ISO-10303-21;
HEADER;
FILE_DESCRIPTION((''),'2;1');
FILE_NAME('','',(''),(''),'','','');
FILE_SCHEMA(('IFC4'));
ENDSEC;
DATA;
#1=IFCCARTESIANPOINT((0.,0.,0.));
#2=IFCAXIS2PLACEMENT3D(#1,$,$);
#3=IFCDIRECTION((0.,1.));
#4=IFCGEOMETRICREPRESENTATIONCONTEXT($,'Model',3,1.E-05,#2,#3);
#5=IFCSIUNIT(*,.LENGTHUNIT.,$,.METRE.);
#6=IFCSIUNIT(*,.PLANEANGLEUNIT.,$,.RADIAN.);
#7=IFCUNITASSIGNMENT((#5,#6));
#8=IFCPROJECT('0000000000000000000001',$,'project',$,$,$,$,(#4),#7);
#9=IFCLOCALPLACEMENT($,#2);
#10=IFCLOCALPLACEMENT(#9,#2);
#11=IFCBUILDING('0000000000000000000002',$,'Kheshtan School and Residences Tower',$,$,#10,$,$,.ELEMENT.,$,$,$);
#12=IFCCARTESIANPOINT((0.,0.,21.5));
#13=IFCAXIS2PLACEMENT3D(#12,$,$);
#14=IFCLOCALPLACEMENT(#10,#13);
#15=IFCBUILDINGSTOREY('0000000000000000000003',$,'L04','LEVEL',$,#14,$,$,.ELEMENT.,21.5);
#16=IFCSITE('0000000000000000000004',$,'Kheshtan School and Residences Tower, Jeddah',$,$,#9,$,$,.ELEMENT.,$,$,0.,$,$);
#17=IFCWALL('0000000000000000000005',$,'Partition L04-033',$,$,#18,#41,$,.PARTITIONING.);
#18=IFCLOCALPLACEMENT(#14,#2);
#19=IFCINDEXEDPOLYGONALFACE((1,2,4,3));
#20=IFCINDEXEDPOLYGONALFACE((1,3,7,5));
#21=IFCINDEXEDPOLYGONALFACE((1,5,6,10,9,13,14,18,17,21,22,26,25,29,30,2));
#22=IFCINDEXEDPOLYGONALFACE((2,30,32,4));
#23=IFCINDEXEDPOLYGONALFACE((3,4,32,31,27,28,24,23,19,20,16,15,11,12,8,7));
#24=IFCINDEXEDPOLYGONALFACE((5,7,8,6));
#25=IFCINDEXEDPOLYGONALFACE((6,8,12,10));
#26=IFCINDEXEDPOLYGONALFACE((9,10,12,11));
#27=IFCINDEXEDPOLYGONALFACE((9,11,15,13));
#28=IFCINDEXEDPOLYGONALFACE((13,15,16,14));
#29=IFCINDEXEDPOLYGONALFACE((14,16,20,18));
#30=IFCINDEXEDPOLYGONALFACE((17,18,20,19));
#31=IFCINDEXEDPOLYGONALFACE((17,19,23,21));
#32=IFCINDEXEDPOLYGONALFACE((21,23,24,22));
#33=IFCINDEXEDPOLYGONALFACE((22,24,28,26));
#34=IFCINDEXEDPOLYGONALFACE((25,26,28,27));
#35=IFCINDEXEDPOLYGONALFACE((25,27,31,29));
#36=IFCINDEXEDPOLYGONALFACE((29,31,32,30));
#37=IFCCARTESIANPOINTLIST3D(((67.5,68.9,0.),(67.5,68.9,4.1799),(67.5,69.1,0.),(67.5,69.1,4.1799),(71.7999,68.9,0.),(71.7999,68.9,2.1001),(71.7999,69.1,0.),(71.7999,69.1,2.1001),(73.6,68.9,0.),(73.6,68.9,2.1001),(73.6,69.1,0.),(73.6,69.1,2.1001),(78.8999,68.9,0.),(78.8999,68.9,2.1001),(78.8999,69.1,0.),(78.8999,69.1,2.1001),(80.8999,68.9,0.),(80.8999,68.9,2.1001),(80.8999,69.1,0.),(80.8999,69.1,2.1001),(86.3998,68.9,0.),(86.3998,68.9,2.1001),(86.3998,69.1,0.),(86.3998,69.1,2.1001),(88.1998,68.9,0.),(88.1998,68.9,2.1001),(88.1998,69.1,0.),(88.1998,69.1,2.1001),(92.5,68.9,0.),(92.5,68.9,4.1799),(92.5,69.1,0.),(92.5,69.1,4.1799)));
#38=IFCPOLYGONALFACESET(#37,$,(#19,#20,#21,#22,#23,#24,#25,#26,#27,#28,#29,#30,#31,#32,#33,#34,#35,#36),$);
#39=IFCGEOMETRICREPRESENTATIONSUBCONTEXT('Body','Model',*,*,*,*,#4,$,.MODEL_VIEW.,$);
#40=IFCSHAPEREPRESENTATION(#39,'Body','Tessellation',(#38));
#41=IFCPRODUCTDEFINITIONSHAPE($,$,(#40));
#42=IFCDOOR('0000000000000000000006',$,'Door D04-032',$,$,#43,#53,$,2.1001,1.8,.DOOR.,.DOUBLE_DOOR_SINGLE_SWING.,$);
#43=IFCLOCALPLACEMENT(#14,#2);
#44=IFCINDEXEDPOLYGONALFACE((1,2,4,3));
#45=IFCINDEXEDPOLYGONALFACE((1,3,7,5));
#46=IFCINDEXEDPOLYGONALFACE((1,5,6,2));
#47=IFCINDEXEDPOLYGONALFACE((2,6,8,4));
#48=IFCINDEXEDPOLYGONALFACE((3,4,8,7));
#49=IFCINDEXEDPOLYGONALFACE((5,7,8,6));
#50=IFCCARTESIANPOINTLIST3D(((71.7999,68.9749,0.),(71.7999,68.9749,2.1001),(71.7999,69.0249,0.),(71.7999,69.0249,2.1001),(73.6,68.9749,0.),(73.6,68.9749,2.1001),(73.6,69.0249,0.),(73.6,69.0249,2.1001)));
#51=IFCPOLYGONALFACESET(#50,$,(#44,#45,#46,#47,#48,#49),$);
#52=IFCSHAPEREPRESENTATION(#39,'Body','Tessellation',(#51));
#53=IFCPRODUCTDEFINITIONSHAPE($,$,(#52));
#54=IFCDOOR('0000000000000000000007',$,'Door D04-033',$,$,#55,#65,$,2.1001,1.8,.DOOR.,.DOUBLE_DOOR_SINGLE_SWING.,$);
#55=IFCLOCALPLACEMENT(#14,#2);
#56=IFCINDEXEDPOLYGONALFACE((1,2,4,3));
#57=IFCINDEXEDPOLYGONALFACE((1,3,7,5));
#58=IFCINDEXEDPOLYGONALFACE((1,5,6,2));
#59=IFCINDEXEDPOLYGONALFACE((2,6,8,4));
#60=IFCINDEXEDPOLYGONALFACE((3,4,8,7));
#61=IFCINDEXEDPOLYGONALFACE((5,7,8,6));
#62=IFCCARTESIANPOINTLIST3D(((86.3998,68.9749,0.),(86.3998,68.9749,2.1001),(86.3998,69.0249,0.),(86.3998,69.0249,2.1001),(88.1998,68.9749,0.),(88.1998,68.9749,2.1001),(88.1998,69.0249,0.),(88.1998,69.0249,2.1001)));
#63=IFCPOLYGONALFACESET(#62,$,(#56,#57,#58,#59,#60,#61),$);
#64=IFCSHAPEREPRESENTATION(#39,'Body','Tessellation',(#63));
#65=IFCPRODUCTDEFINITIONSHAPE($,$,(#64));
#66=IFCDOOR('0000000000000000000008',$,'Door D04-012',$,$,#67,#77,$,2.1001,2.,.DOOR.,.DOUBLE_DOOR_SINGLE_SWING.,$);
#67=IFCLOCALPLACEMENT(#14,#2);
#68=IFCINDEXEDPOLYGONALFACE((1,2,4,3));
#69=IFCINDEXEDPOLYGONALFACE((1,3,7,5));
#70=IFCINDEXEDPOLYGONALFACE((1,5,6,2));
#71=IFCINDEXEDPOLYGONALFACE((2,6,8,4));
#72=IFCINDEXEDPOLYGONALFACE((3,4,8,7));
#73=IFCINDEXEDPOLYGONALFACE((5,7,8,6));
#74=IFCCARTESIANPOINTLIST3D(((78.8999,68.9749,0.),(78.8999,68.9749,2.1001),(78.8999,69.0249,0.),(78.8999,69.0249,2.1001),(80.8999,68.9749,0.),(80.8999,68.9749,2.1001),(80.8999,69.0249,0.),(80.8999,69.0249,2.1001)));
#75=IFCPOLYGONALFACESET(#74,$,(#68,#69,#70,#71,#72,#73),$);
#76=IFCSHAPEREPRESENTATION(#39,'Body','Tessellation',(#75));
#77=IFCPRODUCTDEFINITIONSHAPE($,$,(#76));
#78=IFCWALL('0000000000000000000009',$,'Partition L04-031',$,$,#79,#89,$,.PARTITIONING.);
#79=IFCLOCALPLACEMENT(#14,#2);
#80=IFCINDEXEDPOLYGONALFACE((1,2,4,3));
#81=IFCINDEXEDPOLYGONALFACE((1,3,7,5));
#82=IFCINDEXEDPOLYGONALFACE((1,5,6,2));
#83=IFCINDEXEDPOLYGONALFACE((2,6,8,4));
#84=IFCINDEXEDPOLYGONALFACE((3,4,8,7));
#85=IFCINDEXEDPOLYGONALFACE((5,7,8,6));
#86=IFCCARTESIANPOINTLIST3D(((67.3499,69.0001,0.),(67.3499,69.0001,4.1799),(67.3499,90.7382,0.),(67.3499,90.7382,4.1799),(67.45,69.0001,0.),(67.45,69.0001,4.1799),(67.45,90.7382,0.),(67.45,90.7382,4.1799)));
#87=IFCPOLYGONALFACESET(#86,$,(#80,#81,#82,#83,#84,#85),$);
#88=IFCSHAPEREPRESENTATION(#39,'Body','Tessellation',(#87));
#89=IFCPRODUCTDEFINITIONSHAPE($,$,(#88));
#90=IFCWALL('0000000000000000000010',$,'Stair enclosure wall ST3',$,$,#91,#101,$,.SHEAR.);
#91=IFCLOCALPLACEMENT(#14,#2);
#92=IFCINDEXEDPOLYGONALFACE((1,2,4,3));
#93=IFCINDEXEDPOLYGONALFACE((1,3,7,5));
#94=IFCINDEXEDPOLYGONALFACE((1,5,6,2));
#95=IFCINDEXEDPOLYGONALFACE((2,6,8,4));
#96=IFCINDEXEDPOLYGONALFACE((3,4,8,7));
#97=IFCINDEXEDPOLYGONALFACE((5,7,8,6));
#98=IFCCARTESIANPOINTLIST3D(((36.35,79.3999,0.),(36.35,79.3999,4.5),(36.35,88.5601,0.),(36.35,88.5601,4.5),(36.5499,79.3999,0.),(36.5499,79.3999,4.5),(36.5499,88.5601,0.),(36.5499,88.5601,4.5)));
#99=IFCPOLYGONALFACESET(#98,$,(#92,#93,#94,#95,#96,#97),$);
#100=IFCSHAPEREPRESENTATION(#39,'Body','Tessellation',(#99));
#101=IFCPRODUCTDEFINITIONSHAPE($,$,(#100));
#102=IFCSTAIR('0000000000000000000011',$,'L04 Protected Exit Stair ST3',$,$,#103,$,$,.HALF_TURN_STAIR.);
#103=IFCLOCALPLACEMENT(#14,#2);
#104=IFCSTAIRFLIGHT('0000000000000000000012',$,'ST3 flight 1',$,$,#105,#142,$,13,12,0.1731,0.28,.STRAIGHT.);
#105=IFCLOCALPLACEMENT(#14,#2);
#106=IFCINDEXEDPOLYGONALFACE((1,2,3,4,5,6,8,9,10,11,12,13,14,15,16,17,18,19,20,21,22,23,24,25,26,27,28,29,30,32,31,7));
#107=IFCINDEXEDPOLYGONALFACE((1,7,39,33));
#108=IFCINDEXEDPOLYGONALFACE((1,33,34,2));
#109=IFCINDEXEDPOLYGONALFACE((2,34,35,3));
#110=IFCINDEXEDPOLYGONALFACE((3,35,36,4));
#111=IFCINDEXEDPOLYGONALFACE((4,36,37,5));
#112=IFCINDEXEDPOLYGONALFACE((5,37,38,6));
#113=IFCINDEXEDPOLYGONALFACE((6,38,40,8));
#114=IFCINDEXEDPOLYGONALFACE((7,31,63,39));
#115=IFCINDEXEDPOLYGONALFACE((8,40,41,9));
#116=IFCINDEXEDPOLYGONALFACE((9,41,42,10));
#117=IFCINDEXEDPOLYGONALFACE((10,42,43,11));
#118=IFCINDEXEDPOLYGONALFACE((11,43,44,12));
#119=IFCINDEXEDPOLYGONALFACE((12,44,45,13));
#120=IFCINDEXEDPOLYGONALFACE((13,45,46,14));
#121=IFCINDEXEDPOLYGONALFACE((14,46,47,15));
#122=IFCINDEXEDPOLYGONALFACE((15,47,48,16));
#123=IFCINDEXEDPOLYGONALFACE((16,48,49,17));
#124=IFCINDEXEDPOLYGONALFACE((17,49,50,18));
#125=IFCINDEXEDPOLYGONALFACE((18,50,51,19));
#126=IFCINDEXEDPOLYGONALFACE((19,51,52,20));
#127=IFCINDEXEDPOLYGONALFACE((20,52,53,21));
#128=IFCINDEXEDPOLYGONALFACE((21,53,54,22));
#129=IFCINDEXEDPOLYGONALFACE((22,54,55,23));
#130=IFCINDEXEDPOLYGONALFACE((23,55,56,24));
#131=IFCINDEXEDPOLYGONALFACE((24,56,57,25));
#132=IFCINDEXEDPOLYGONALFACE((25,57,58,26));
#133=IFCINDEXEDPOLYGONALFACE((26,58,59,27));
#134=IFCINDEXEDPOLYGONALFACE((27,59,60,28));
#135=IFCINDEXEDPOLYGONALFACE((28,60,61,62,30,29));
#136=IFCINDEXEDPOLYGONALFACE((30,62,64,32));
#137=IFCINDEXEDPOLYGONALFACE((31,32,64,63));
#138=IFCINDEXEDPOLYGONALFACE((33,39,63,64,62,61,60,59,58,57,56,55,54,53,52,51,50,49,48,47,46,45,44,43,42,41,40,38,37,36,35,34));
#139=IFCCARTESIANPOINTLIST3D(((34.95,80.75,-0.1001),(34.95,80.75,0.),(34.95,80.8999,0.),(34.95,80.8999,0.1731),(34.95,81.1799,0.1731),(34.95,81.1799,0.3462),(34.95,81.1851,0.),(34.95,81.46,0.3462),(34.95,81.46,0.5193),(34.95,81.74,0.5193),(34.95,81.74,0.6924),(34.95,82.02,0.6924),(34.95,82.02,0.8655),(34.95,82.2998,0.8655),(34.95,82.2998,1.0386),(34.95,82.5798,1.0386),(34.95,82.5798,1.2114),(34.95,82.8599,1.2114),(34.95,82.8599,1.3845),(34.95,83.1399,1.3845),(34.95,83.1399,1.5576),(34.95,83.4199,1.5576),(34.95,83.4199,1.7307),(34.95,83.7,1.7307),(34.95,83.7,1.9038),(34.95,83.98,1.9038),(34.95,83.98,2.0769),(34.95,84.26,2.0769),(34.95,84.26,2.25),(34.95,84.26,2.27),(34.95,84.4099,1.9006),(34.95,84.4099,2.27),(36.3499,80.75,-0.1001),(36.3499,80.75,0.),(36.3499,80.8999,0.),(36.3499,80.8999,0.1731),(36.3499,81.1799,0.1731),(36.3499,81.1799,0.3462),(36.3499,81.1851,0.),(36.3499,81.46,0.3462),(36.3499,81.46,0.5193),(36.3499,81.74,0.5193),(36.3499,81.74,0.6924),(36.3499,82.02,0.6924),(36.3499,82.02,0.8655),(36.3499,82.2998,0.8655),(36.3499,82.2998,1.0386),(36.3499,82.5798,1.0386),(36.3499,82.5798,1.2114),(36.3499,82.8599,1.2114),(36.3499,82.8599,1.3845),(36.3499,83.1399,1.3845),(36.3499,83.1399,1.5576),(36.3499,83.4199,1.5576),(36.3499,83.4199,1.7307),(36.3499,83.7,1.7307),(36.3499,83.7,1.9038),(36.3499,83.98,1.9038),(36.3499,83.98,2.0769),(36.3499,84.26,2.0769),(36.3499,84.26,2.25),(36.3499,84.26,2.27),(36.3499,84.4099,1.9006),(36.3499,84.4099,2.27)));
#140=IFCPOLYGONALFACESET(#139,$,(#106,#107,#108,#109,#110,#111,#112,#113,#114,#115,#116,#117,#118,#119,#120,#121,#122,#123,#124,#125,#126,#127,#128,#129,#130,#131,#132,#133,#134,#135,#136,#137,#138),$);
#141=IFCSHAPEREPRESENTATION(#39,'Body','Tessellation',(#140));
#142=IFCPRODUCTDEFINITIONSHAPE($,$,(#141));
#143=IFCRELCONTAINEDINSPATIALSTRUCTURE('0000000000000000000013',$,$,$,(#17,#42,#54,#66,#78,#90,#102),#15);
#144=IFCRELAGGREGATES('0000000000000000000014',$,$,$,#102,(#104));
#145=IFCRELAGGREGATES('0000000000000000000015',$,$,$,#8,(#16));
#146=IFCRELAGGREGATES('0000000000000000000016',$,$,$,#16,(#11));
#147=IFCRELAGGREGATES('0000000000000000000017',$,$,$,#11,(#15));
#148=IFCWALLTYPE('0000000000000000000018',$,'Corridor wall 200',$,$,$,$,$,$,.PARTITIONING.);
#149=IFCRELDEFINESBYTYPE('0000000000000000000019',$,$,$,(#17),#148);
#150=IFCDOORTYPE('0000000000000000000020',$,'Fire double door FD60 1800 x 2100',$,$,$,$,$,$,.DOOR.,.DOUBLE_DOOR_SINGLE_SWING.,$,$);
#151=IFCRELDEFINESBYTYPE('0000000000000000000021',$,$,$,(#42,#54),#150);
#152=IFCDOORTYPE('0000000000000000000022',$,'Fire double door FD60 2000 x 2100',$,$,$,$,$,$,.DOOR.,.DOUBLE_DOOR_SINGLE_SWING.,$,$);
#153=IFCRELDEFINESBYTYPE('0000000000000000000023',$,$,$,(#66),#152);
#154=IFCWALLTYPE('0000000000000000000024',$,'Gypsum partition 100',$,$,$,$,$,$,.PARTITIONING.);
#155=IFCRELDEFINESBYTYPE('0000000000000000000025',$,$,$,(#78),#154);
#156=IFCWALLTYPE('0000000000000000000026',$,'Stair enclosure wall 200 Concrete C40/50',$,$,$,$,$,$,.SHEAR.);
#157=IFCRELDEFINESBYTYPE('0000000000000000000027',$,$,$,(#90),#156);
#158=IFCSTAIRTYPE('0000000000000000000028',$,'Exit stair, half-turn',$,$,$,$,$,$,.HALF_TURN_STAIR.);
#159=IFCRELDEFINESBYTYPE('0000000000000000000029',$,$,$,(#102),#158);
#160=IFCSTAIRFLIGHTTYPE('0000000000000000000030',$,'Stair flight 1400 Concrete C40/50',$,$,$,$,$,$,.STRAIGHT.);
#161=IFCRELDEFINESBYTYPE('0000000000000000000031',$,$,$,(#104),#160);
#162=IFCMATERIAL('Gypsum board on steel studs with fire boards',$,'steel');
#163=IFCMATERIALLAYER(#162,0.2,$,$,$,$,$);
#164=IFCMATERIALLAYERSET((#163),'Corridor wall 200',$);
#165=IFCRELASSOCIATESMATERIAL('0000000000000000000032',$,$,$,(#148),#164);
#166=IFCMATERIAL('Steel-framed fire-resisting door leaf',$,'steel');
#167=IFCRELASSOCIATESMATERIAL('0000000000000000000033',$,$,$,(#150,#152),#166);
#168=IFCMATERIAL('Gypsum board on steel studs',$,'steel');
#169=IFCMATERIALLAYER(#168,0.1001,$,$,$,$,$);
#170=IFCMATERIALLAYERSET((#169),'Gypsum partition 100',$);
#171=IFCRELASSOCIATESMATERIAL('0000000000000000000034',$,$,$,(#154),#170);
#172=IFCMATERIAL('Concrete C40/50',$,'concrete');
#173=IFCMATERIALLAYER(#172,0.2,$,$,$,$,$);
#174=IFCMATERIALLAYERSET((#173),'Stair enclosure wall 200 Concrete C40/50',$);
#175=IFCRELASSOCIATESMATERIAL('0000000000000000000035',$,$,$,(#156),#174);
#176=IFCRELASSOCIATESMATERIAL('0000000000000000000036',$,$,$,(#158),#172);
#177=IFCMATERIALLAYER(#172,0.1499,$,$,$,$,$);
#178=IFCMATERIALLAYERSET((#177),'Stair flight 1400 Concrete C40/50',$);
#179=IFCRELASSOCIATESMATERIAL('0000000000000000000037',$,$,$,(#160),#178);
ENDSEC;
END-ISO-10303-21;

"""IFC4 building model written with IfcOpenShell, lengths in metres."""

from ifc_helpers import new_model, si_unit, direction, frame, frame_2d, origin, place, context, subcontext, project, spatial, polyline, rectangle, outline, extrude, source, transform, mapped, material, layer, layer_set, type_object, element, fill, aggregate, save


model = new_model("IFC4")

# Units and contexts
model_context = context("Model", 3, precision=1e-05, world=origin(), true_north=direction((0.0, 1.0)))
body_context = subcontext(model_context, "Body", "Model", "MODEL_VIEW")
ifc_project = project(units=[si_unit("LENGTHUNIT", "METRE"), si_unit("PLANEANGLEUNIT", "RADIAN")], contexts=[model_context])

# Site, building, storey
site_placement = place(None, origin())
site = spatial("IfcSite", under=ifc_project, at=site_placement, Name="Kheshtan School and Residences Tower, Jeddah", CompositionType="ELEMENT", RefElevation=0.0)
building_placement = place(site_placement, origin())
building = spatial("IfcBuilding", under=site, at=building_placement, Name="Kheshtan School and Residences Tower", CompositionType="ELEMENT")
storey_placement = place(building_placement, frame((0.0, 0.0, 21.5)))
storey = spatial("IfcBuildingStorey", under=building, at=storey_placement, Name="L04", Description="LEVEL", CompositionType="ELEMENT", Elevation=21.5)

# Wall, openings, doors
ifc_material_1 = material(Name="Gypsum board on steel studs with fire boards", Category="steel")
ifc_layer_1 = layer(ifc_material_1, 0.2)
ifc_layer_set_1 = layer_set([ifc_layer_1], Name="Corridor wall 200")
wall_type_1 = type_object("IfcWallType", Name="Corridor wall 200", PredefinedType="PARTITIONING", material=ifc_layer_set_1)
wall_1_placement = place(storey_placement, frame((67.5, 69.0, 0.0), z_axis=(0.0, 0.0, 1.0), x_axis=(1.0, 0.0, 0.0)))
wall_1 = element("IfcWall", 1, at=wall_1_placement, inside=storey, type_object=wall_type_1, Name="Partition L04-033", PredefinedType="PARTITIONING", context=body_context, shape_type="SweptSolid", body=[
    extrude(rectangle(XDim=25.0, YDim=0.2, at=frame_2d((12.5, 0.0))), origin(), (0.0, 0.0, 1.0), 4.1799),
])
opening_1_placement = place(wall_1_placement, frame((11.3999, 0.0, 0.0)))
opening_1 = element("IfcOpeningElement", 2, at=opening_1_placement, cuts=wall_1, PredefinedType="OPENING", context=body_context, shape_type="SweptSolid", body=[
    extrude(rectangle(XDim=2.0, YDim=2.1001, at=frame_2d((1.0, 1.05))), frame((0.0, 0.1099, 0.0), z_axis=(0.0, -1.0, 0.0), x_axis=(1.0, 0.0, 0.0)), (0.0, 0.0, 1.0), 0.22),
])
opening_2_placement = place(wall_1_placement, frame((4.3, 0.0, 0.0)))
opening_2 = element("IfcOpeningElement", 3, at=opening_2_placement, cuts=wall_1, PredefinedType="OPENING", context=body_context, shape_type="SweptSolid", body=[
    extrude(rectangle(XDim=1.8, YDim=2.1001, at=frame_2d((0.8999, 1.05))), frame((0.0, 0.1099, 0.0), z_axis=(0.0, -1.0, 0.0), x_axis=(1.0, 0.0, 0.0)), (0.0, 0.0, 1.0), 0.22),
])
opening_3_placement = place(wall_1_placement, frame((18.8999, 0.0, 0.0)))
opening_3 = element("IfcOpeningElement", 4, at=opening_3_placement, cuts=wall_1, PredefinedType="OPENING", context=body_context, shape_type="SweptSolid", body=[
    extrude(rectangle(XDim=1.8, YDim=2.1001, at=frame_2d((0.8999, 1.05))), frame((0.0, 0.1099, 0.0), z_axis=(0.0, -1.0, 0.0), x_axis=(1.0, 0.0, 0.0)), (0.0, 0.0, 1.0), 0.22),
])
ifc_material_2 = material(Name="Steel-framed fire-resisting door leaf", Category="steel")
door_type_1 = type_object("IfcDoorType", Name="Fire double door FD60 1800 x 2100", OperationType="DOUBLE_DOOR_SINGLE_SWING", PredefinedType="DOOR", material=ifc_material_2)
shared_shape_1 = source(origin(), body_context, "Body", "SweptSolid", [
    extrude(rectangle(XDim=1.8, YDim=2.1001, at=frame_2d((0.8999, 1.05))), frame((0.0, 0.0249, 0.0), z_axis=(0.0, -1.0, 0.0), x_axis=(1.0, 0.0, 0.0)), (0.0, 0.0, 1.0), 0.05),
])
door_1_placement = place(opening_2_placement, origin())
door_1 = element("IfcDoor", 5, at=door_1_placement, inside=storey, type_object=door_type_1, Name="Door D04-032", OperationType="DOUBLE_DOOR_SINGLE_SWING", OverallHeight=2.1001, OverallWidth=1.8, PredefinedType="DOOR", context=body_context, shape_type="MappedRepresentation", body=[
    mapped(shared_shape_1, transform((0.0, 0.0, 0.0), x_axis=(1.0, 0.0, 0.0), y_axis=(0.0, 1.0, 0.0), z_axis=(0.0, 0.0, 1.0), scale=1.0)),
])
fill(opening_2, door_1)
door_2_placement = place(opening_3_placement, origin())
door_2 = element("IfcDoor", 6, at=door_2_placement, inside=storey, type_object=door_type_1, Name="Door D04-033", OperationType="DOUBLE_DOOR_SINGLE_SWING", OverallHeight=2.1001, OverallWidth=1.8, PredefinedType="DOOR", context=body_context, shape_type="MappedRepresentation", body=[
    mapped(shared_shape_1, transform((0.0, 0.0, 0.0), x_axis=(1.0, 0.0, 0.0), y_axis=(0.0, 1.0, 0.0), z_axis=(0.0, 0.0, 1.0), scale=1.0)),
])
fill(opening_3, door_2)
door_type_2 = type_object("IfcDoorType", Name="Fire double door FD60 2000 x 2100", OperationType="DOUBLE_DOOR_SINGLE_SWING", PredefinedType="DOOR", material=ifc_material_2)
shared_shape_2 = source(origin(), body_context, "Body", "SweptSolid", [
    extrude(rectangle(XDim=2.0, YDim=2.1001, at=frame_2d((1.0, 1.05))), frame((0.0, 0.0249, 0.0), z_axis=(0.0, -1.0, 0.0), x_axis=(1.0, 0.0, 0.0)), (0.0, 0.0, 1.0), 0.05),
])
door_3_placement = place(opening_1_placement, origin())
door_3 = element("IfcDoor", 7, at=door_3_placement, inside=storey, type_object=door_type_2, Name="Door D04-012", OperationType="DOUBLE_DOOR_SINGLE_SWING", OverallHeight=2.1001, OverallWidth=2.0, PredefinedType="DOOR", context=body_context, shape_type="MappedRepresentation", body=[
    mapped(shared_shape_2, transform((0.0, 0.0, 0.0), x_axis=(1.0, 0.0, 0.0), y_axis=(0.0, 1.0, 0.0), z_axis=(0.0, 0.0, 1.0), scale=1.0)),
])
fill(opening_1, door_3)

# Walls
ifc_material_3 = material(Name="Gypsum board on steel studs", Category="steel")
ifc_layer_2 = layer(ifc_material_3, 0.1001)
ifc_layer_set_2 = layer_set([ifc_layer_2], Name="Gypsum partition 100")
wall_type_2 = type_object("IfcWallType", Name="Gypsum partition 100", PredefinedType="PARTITIONING", material=ifc_layer_set_2)
wall_2_placement = place(storey_placement, frame((67.3999, 69.0, 0.0), z_axis=(0.0, 0.0, 1.0), x_axis=(0.0, 1.0, 0.0)))
element("IfcWall", 8, at=wall_2_placement, inside=storey, type_object=wall_type_2, Name="Partition L04-031", PredefinedType="PARTITIONING", context=body_context, shape_type="SweptSolid", body=[
    extrude(rectangle(XDim=21.738, YDim=0.1001, at=frame_2d((10.8691, 0.0))), origin(), (0.0, 0.0, 1.0), 4.1799),
])
ifc_material_4 = material(Name="Concrete C40/50", Category="concrete")
ifc_layer_3 = layer(ifc_material_4, 0.2)
ifc_layer_set_3 = layer_set([ifc_layer_3], Name="Stair enclosure wall 200 Concrete C40/50")
wall_type_3 = type_object("IfcWallType", Name="Stair enclosure wall 200 Concrete C40/50", PredefinedType="SHEAR", material=ifc_layer_set_3)
wall_3_placement = place(storey_placement, frame((36.45, 79.3999, 0.0), z_axis=(0.0, 0.0, 1.0), x_axis=(0.0, 1.0, 0.0)))
element("IfcWall", 9, at=wall_3_placement, inside=storey, type_object=wall_type_3, Name="Stair enclosure wall ST3", PredefinedType="SHEAR", context=body_context, shape_type="SweptSolid", body=[
    extrude(rectangle(XDim=9.1602, YDim=0.2, at=frame_2d((4.5801, 0.0))), origin(), (0.0, 0.0, 1.0), 4.5),
])

# Stair, stair flight
stair_type = type_object("IfcStairType", Name="Exit stair, half-turn", PredefinedType="HALF_TURN_STAIR", material=ifc_material_4)
stair_placement = place(storey_placement, origin())
stair = element("IfcStair", 10, at=stair_placement, inside=storey, type_object=stair_type, Name="L04 Protected Exit Stair ST3", PredefinedType="HALF_TURN_STAIR")
ifc_layer_4 = layer(ifc_material_4, 0.1499)
ifc_layer_set_4 = layer_set([ifc_layer_4], Name="Stair flight 1400 Concrete C40/50")
stair_flight_type = type_object("IfcStairFlightType", Name="Stair flight 1400 Concrete C40/50", PredefinedType="STRAIGHT", material=ifc_layer_set_4)
stair_flight_placement = place(storey_placement, frame((35.6499, 80.8999, 0.0), z_axis=(0.0, 0.0, 1.0), x_axis=(0.0, 1.0, 0.0)))
stair_flight = element("IfcStairFlight", 11, at=stair_flight_placement, type_object=stair_flight_type, Name="ST3 flight 1", NumberOfRisers=13, NumberOfTreads=12, PredefinedType="STRAIGHT", RiserHeight=0.1731, TreadLength=0.28, context=body_context, shape_type="SweptSolid", body=[
    extrude(outline(polyline([(-0.1499, -0.1001), (-0.1499, 0.0), (0.0, 0.0), (0.0, 0.1731), (0.28, 0.1731), (0.28, 0.3462), (0.5601, 0.3462), (0.5601, 0.5193), (0.8401, 0.5193), (0.8401, 0.6924), (1.1201, 0.6924), (1.1201, 0.8655), (1.3999, 0.8655), (1.3999, 1.0386), (1.6799, 1.0386), (1.6799, 1.2114), (1.96, 1.2114), (1.96, 1.3845), (2.24, 1.3845), (2.24, 1.5576), (2.52, 1.5576), (2.52, 1.7307), (2.8, 1.7307), (2.8, 1.9038), (3.0801, 1.9038), (3.0801, 2.0769), (3.3601, 2.0769), (3.3601, 2.25), (3.3601, 2.27), (3.51, 2.27), (3.51, 1.9006), (0.2852, 0.0), (-0.1499, -0.1001)])), frame((0.0, 0.7, 0.0), z_axis=(0.0, -1.0, 0.0), x_axis=(1.0, 0.0, 0.0)), (0.0, 0.0, 1.0), 1.3999),
])
aggregate(stair, [stair_flight])

save(model, "model.ifc")
